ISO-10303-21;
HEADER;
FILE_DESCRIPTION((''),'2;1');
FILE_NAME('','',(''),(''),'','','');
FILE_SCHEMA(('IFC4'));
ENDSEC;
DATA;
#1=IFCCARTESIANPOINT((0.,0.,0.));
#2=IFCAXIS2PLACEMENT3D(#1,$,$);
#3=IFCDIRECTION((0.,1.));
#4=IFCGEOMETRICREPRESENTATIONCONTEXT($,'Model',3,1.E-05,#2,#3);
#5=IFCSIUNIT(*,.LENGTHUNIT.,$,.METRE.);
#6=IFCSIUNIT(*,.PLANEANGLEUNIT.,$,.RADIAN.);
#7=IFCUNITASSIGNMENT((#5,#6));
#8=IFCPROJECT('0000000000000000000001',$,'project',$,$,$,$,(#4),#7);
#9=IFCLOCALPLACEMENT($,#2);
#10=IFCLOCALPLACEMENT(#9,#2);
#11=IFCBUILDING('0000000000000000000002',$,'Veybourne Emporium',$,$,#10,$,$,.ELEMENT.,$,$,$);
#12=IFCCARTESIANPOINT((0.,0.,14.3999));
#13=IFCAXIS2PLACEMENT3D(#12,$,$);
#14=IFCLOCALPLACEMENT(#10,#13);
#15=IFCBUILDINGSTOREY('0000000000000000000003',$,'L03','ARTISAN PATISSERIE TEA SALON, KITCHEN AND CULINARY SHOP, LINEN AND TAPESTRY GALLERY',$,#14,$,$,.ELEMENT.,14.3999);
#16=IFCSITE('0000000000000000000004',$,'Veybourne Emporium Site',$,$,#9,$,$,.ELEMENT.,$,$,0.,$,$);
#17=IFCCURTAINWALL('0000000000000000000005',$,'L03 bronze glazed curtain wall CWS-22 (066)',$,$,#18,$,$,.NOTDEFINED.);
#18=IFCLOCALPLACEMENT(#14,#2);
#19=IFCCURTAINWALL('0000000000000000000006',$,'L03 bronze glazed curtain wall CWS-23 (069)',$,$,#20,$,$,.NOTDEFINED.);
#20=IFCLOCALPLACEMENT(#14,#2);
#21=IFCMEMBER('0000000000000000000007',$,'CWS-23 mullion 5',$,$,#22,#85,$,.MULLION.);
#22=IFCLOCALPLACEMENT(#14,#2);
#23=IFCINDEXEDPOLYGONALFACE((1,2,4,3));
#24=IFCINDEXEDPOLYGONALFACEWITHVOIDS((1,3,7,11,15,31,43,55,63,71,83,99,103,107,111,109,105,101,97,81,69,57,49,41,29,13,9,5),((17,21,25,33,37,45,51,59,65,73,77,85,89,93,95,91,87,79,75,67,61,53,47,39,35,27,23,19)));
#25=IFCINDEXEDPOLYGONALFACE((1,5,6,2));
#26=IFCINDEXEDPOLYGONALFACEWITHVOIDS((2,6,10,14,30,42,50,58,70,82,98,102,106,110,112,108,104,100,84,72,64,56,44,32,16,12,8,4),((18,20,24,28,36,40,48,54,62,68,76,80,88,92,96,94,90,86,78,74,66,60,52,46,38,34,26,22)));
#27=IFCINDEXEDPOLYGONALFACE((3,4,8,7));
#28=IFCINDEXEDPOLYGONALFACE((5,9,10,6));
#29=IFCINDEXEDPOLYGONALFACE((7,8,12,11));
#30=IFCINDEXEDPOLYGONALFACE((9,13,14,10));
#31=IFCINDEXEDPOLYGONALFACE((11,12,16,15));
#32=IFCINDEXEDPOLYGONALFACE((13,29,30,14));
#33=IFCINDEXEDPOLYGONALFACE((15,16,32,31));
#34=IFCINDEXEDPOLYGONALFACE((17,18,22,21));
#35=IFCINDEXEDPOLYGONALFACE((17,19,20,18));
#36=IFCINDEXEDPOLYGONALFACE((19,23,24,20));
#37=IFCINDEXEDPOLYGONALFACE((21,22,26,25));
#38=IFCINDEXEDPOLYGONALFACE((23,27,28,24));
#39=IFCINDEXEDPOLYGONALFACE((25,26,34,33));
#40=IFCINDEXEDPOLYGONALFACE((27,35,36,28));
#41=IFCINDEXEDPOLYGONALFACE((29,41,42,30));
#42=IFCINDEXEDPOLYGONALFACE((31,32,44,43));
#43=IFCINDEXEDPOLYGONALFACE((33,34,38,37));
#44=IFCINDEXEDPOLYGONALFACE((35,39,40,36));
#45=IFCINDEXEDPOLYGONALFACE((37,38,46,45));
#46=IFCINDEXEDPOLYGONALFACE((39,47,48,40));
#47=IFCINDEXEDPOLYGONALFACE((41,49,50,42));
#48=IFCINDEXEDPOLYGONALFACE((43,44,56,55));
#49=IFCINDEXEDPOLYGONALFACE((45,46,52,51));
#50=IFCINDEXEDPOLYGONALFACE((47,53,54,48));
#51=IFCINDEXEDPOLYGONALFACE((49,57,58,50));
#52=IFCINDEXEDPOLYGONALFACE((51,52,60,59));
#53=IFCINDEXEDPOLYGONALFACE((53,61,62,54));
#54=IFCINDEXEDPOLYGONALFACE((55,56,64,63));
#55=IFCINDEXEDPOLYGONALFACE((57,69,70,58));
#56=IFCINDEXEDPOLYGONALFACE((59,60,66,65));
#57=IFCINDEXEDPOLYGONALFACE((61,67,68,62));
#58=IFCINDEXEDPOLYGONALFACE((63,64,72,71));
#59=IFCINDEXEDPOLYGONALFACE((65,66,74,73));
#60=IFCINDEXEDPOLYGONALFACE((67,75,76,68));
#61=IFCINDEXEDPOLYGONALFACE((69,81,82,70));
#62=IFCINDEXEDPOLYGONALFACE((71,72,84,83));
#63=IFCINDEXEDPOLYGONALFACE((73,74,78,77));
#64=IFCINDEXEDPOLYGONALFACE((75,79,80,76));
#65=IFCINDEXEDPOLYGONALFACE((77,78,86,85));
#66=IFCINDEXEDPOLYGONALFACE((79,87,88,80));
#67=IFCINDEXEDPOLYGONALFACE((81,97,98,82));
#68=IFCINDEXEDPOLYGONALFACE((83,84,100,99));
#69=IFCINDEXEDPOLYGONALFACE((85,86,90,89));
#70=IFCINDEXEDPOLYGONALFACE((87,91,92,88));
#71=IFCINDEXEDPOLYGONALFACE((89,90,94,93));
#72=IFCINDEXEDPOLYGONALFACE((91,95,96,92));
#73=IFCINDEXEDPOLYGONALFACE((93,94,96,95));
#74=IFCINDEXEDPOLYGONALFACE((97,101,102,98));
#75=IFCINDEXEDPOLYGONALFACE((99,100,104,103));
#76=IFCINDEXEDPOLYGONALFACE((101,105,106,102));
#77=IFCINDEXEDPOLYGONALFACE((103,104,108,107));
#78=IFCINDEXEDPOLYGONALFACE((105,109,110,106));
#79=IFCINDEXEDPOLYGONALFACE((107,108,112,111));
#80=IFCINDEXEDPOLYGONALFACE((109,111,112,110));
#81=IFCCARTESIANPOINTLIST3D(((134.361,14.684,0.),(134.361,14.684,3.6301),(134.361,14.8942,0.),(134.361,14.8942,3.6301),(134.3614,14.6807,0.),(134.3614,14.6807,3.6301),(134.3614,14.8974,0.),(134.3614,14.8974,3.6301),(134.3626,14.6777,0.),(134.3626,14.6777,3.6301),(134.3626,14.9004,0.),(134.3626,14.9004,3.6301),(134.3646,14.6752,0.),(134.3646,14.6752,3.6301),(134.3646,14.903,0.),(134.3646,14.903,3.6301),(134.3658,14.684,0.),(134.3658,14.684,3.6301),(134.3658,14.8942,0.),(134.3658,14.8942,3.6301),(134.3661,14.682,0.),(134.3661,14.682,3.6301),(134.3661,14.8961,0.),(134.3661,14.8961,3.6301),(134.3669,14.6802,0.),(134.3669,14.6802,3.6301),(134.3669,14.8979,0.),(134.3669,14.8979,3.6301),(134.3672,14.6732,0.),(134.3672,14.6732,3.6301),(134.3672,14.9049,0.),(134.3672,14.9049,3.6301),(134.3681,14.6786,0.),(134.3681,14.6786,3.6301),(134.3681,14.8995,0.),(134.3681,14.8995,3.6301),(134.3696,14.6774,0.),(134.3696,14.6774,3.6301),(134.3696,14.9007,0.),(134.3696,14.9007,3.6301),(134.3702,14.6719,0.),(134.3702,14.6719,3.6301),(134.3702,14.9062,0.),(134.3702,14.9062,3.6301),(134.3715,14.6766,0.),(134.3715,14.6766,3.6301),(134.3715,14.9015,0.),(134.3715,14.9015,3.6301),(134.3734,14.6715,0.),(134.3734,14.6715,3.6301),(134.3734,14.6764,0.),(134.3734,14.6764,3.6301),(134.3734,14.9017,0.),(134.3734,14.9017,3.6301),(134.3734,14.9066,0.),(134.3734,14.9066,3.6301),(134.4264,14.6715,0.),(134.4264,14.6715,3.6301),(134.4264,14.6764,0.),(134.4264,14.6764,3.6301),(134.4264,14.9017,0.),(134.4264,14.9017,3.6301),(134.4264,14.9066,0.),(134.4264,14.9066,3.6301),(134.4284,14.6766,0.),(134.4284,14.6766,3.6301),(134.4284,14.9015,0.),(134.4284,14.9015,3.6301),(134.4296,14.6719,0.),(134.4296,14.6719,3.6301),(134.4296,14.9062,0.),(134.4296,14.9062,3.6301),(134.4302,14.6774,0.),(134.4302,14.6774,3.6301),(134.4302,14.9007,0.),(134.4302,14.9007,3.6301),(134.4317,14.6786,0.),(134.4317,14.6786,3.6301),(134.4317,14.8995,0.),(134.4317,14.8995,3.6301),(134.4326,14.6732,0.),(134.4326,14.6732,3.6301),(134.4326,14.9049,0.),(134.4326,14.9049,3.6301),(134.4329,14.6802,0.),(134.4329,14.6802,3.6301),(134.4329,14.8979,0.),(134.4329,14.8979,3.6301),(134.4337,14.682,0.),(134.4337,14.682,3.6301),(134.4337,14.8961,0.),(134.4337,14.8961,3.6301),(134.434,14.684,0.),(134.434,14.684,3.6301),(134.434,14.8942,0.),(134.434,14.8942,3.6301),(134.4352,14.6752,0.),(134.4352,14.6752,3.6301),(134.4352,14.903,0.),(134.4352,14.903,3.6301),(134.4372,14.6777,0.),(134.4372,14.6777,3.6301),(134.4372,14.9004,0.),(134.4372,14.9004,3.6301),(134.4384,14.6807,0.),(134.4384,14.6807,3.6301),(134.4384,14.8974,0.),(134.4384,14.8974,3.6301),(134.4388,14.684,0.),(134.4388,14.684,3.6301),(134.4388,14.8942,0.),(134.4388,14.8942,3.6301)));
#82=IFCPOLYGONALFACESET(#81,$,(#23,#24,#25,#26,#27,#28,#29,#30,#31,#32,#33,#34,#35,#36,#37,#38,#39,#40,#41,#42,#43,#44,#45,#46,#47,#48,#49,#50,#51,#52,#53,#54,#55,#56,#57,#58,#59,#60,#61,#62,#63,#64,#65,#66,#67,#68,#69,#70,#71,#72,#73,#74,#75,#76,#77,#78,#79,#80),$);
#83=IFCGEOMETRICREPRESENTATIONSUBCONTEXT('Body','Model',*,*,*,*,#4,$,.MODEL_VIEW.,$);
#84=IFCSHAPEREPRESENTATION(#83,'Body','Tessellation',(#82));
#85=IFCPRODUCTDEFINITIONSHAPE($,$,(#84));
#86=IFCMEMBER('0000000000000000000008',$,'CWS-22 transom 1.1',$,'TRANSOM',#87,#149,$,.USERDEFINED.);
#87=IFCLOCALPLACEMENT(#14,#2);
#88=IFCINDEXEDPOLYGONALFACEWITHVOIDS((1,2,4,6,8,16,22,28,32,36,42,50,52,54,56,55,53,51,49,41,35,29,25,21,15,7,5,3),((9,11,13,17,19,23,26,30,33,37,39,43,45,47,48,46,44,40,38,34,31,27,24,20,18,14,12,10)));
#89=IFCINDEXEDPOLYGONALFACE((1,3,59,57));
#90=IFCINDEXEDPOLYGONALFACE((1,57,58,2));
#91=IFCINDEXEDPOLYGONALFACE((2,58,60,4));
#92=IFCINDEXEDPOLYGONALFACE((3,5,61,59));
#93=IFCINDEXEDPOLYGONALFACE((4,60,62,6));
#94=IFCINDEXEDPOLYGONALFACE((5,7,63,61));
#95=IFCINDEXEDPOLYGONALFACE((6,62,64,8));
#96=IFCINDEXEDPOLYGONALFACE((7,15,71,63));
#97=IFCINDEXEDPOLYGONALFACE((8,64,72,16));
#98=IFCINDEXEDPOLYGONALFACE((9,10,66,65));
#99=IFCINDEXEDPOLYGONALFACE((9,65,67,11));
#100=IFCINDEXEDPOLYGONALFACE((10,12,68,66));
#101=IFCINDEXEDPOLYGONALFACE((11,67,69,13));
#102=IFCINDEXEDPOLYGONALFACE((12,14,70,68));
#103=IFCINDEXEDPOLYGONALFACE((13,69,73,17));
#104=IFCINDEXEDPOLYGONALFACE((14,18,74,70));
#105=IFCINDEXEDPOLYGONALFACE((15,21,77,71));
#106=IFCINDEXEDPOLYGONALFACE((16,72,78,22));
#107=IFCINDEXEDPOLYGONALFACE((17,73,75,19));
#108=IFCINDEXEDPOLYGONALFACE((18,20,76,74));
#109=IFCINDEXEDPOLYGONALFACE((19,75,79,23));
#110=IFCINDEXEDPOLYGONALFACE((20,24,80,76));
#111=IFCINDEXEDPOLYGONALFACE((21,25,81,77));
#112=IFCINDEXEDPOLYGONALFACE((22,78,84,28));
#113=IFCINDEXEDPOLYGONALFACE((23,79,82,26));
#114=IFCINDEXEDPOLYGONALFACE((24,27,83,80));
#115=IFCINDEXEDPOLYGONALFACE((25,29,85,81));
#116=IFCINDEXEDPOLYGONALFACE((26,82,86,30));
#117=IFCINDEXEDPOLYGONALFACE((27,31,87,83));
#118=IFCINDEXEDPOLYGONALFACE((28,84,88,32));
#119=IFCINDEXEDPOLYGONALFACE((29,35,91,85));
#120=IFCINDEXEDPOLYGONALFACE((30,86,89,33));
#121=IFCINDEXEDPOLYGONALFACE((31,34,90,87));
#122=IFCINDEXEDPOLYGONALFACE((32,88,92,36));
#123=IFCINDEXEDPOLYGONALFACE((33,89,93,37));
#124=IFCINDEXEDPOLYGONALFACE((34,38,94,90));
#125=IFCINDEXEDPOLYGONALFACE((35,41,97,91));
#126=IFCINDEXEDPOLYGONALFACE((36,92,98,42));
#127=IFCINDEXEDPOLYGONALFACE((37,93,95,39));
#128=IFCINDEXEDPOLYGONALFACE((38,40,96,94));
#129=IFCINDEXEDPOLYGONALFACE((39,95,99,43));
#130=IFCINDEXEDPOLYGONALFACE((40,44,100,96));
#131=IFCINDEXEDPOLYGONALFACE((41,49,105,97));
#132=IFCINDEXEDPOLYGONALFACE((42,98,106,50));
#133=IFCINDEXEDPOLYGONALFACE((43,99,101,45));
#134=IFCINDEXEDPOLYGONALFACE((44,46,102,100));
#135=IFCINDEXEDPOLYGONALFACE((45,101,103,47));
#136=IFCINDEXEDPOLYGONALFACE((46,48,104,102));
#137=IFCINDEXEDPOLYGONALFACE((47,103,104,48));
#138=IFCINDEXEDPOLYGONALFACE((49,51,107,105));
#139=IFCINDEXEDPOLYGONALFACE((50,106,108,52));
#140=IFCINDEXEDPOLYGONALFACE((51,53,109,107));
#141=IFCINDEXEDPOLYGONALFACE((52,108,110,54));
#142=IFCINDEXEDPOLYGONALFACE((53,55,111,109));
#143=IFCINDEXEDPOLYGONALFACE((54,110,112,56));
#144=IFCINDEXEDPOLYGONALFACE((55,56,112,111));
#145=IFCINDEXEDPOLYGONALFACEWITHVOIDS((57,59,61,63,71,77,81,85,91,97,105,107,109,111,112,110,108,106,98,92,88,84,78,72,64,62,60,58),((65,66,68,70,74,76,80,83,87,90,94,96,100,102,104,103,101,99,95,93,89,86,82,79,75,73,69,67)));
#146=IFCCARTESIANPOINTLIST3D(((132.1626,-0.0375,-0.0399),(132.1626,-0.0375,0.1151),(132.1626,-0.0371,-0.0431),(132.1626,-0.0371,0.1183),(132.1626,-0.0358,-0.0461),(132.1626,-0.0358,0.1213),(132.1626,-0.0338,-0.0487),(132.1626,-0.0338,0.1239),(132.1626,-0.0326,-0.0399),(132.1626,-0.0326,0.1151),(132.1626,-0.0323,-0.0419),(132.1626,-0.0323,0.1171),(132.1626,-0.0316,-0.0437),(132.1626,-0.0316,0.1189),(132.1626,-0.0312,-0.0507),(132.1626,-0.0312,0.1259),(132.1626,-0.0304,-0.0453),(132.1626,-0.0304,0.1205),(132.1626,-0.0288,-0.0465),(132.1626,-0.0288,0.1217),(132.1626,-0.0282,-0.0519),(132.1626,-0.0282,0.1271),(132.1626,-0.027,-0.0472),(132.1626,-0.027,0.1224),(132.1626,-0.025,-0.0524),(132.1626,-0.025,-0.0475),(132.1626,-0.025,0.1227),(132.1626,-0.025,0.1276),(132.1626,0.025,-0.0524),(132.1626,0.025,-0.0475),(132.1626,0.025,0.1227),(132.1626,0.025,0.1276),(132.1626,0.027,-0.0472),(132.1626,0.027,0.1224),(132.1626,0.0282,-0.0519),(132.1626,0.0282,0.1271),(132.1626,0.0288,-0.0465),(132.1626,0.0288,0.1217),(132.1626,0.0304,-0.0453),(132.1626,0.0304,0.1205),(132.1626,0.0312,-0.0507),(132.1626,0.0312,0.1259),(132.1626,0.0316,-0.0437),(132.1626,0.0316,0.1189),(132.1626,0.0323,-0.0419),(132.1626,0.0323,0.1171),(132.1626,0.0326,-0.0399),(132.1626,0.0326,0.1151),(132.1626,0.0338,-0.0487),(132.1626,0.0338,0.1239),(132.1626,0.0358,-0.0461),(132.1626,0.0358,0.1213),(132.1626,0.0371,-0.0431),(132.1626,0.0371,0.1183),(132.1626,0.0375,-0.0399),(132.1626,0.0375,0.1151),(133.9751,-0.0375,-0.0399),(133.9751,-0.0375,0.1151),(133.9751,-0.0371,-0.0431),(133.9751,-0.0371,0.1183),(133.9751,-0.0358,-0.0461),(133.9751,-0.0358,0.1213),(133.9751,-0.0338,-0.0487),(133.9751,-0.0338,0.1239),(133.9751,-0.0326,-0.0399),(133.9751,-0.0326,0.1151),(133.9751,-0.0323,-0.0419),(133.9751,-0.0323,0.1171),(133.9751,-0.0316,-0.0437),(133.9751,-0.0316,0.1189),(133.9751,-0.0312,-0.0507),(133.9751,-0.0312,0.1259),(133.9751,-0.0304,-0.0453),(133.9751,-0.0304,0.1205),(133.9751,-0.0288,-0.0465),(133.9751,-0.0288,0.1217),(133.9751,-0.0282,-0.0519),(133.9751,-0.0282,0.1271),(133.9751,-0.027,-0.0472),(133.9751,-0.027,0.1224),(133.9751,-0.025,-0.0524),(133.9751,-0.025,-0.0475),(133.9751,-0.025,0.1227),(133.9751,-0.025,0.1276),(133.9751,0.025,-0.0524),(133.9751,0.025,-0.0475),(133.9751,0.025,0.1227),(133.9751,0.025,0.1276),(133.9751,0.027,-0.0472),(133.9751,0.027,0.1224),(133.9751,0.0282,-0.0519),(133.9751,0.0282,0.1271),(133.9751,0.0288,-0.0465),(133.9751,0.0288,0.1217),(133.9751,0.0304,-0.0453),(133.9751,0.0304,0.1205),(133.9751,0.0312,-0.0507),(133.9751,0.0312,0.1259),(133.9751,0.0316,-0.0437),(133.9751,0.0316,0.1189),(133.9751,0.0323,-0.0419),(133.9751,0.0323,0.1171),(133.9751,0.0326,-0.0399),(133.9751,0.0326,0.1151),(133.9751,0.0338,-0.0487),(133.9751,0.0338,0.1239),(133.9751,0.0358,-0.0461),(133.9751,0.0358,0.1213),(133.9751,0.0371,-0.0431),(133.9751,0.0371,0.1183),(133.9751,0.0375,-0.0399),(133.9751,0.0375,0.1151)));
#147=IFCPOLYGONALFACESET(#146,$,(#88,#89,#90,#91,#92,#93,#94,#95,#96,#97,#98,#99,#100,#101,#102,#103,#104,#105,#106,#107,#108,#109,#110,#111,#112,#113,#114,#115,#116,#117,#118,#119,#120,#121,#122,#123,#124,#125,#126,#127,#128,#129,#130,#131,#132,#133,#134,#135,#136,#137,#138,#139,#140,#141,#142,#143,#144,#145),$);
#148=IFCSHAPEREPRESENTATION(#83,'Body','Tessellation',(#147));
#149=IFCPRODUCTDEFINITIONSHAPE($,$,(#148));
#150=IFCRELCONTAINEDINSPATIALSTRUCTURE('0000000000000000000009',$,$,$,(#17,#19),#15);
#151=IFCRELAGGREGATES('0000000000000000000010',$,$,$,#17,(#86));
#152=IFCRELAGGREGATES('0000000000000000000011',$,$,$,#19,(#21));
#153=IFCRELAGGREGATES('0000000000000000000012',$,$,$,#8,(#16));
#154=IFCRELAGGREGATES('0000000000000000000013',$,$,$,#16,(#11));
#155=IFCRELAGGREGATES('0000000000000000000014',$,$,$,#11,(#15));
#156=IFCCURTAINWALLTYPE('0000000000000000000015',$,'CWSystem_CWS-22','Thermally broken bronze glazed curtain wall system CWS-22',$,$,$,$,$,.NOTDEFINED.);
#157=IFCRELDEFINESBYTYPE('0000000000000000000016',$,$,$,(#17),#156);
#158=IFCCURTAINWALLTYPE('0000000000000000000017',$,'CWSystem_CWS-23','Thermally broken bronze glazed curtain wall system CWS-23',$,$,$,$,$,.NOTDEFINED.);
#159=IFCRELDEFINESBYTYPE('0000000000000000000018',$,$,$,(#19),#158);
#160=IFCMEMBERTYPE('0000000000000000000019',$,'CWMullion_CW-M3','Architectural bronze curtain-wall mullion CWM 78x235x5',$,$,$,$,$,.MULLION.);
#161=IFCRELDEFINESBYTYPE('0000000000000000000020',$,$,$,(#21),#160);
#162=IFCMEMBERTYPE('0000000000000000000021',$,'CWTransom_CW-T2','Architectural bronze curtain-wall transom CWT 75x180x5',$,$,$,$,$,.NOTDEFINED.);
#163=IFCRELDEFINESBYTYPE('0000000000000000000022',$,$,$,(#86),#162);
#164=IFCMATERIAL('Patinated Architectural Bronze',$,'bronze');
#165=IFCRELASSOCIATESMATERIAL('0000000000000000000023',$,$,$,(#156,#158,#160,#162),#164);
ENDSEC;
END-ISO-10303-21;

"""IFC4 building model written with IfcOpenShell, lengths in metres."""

from ifc_helpers import new_model, si_unit, direction, frame, origin, origin_2d, place, context, subcontext, project, spatial, hollow_rectangle, extrude, material, material_profile, profile_set, type_object, element, aggregate, save


model = new_model("IFC4")

# Units and contexts
model_context = context("Model", 3, precision=1e-05, world=origin(), true_north=direction((0.0, 1.0)))
body_context = subcontext(model_context, "Body", "Model", "MODEL_VIEW")
ifc_project = project(units=[si_unit("LENGTHUNIT", "METRE"), si_unit("PLANEANGLEUNIT", "RADIAN")], contexts=[model_context])

# Site, building, storey
site_placement = place(None, origin())
site = spatial("IfcSite", under=ifc_project, at=site_placement, Name="Veybourne Emporium Site", CompositionType="ELEMENT", RefElevation=0.0)
building_placement = place(site_placement, origin())
building = spatial("IfcBuilding", under=site, at=building_placement, Name="Veybourne Emporium", CompositionType="ELEMENT")
storey_placement = place(building_placement, frame((0.0, 0.0, 14.3999)))
storey = spatial("IfcBuildingStorey", under=building, at=storey_placement, Name="L03", Description="ARTISAN PATISSERIE TEA SALON, KITCHEN AND CULINARY SHOP, LINEN AND TAPESTRY GALLERY", CompositionType="ELEMENT", Elevation=14.3999)

# Curtain wall
ifc_material_1 = material(Name="Patinated Architectural Bronze", Category="bronze")
curtain_wall_type_1 = type_object("IfcCurtainWallType", Name="CWSystem_CWS-22", Description="Thermally broken bronze glazed curtain wall system CWS-22", PredefinedType="NOTDEFINED", material=ifc_material_1)
curtain_wall_1_placement = place(storey_placement, origin())
curtain_wall_1 = element("IfcCurtainWall", 1, at=curtain_wall_1_placement, inside=storey, type_object=curtain_wall_type_1, Name="L03 bronze glazed curtain wall CWS-22 (066)", PredefinedType="NOTDEFINED")

# Curtain wall, member
curtain_wall_type_2 = type_object("IfcCurtainWallType", Name="CWSystem_CWS-23", Description="Thermally broken bronze glazed curtain wall system CWS-23", PredefinedType="NOTDEFINED", material=ifc_material_1)
curtain_wall_2_placement = place(storey_placement, origin())
curtain_wall_2 = element("IfcCurtainWall", 2, at=curtain_wall_2_placement, inside=storey, type_object=curtain_wall_type_2, Name="L03 bronze glazed curtain wall CWS-23 (069)", PredefinedType="NOTDEFINED")
ifc_material_profile_1 = material_profile(ifc_material_1, hollow_rectangle(XDim=0.0779, YDim=0.2351, WallThickness=0.0049, InnerFilletRadius=0.0076, OuterFilletRadius=0.0125, at=origin_2d()), Name="CWM 78x235x5")
ifc_profile_set_1 = profile_set([ifc_material_profile_1], Name="Patinated Architectural Bronze")
member_type_1 = type_object("IfcMemberType", Name="CWMullion_CW-M3", Description="Architectural bronze curtain-wall mullion CWM 78x235x5", PredefinedType="MULLION", material=ifc_profile_set_1)
member_1_placement = place(storey_placement, frame((134.3999, 14.7891, 0.0), z_axis=(0.0, 0.0, 1.0), x_axis=(1.0, 0.0, 0.0)))
member_1 = element("IfcMember", 3, at=member_1_placement, type_object=member_type_1, Name="CWS-23 mullion 5", PredefinedType="MULLION", context=body_context, shape_type="SweptSolid", body=[
    extrude(hollow_rectangle(XDim=0.0779, YDim=0.2351, WallThickness=0.0049, InnerFilletRadius=0.0076, OuterFilletRadius=0.0125, at=origin_2d()), origin(), (0.0, 0.0, 1.0), 3.6301),
])

# Member
ifc_material_profile_2 = material_profile(ifc_material_1, hollow_rectangle(XDim=0.075, YDim=0.1799, WallThickness=0.0049, InnerFilletRadius=0.0076, OuterFilletRadius=0.0125, at=origin_2d()), Name="CWT 75x180x5")
ifc_profile_set_2 = profile_set([ifc_material_profile_2], Name="Patinated Architectural Bronze")
member_type_2 = type_object("IfcMemberType", Name="CWTransom_CW-T2", Description="Architectural bronze curtain-wall transom CWT 75x180x5", PredefinedType="NOTDEFINED", material=ifc_profile_set_2)
member_2_placement = place(storey_placement, frame((133.9751, 0.0, 0.0376), z_axis=(-1.0, 0.0, 0.0), x_axis=(0.0, -1.0, 0.0)))
member_2 = element("IfcMember", 4, at=member_2_placement, type_object=member_type_2, Name="CWS-22 transom 1.1", ObjectType="TRANSOM", PredefinedType="USERDEFINED", context=body_context, shape_type="SweptSolid", body=[
    extrude(hollow_rectangle(XDim=0.075, YDim=0.1799, WallThickness=0.0049, InnerFilletRadius=0.0076, OuterFilletRadius=0.0125, at=origin_2d()), origin(), (0.0, 0.0, 1.0), 1.8125),
])

aggregate(curtain_wall_1, [member_2])
aggregate(curtain_wall_2, [member_1])

save(model, "model.ifc")
